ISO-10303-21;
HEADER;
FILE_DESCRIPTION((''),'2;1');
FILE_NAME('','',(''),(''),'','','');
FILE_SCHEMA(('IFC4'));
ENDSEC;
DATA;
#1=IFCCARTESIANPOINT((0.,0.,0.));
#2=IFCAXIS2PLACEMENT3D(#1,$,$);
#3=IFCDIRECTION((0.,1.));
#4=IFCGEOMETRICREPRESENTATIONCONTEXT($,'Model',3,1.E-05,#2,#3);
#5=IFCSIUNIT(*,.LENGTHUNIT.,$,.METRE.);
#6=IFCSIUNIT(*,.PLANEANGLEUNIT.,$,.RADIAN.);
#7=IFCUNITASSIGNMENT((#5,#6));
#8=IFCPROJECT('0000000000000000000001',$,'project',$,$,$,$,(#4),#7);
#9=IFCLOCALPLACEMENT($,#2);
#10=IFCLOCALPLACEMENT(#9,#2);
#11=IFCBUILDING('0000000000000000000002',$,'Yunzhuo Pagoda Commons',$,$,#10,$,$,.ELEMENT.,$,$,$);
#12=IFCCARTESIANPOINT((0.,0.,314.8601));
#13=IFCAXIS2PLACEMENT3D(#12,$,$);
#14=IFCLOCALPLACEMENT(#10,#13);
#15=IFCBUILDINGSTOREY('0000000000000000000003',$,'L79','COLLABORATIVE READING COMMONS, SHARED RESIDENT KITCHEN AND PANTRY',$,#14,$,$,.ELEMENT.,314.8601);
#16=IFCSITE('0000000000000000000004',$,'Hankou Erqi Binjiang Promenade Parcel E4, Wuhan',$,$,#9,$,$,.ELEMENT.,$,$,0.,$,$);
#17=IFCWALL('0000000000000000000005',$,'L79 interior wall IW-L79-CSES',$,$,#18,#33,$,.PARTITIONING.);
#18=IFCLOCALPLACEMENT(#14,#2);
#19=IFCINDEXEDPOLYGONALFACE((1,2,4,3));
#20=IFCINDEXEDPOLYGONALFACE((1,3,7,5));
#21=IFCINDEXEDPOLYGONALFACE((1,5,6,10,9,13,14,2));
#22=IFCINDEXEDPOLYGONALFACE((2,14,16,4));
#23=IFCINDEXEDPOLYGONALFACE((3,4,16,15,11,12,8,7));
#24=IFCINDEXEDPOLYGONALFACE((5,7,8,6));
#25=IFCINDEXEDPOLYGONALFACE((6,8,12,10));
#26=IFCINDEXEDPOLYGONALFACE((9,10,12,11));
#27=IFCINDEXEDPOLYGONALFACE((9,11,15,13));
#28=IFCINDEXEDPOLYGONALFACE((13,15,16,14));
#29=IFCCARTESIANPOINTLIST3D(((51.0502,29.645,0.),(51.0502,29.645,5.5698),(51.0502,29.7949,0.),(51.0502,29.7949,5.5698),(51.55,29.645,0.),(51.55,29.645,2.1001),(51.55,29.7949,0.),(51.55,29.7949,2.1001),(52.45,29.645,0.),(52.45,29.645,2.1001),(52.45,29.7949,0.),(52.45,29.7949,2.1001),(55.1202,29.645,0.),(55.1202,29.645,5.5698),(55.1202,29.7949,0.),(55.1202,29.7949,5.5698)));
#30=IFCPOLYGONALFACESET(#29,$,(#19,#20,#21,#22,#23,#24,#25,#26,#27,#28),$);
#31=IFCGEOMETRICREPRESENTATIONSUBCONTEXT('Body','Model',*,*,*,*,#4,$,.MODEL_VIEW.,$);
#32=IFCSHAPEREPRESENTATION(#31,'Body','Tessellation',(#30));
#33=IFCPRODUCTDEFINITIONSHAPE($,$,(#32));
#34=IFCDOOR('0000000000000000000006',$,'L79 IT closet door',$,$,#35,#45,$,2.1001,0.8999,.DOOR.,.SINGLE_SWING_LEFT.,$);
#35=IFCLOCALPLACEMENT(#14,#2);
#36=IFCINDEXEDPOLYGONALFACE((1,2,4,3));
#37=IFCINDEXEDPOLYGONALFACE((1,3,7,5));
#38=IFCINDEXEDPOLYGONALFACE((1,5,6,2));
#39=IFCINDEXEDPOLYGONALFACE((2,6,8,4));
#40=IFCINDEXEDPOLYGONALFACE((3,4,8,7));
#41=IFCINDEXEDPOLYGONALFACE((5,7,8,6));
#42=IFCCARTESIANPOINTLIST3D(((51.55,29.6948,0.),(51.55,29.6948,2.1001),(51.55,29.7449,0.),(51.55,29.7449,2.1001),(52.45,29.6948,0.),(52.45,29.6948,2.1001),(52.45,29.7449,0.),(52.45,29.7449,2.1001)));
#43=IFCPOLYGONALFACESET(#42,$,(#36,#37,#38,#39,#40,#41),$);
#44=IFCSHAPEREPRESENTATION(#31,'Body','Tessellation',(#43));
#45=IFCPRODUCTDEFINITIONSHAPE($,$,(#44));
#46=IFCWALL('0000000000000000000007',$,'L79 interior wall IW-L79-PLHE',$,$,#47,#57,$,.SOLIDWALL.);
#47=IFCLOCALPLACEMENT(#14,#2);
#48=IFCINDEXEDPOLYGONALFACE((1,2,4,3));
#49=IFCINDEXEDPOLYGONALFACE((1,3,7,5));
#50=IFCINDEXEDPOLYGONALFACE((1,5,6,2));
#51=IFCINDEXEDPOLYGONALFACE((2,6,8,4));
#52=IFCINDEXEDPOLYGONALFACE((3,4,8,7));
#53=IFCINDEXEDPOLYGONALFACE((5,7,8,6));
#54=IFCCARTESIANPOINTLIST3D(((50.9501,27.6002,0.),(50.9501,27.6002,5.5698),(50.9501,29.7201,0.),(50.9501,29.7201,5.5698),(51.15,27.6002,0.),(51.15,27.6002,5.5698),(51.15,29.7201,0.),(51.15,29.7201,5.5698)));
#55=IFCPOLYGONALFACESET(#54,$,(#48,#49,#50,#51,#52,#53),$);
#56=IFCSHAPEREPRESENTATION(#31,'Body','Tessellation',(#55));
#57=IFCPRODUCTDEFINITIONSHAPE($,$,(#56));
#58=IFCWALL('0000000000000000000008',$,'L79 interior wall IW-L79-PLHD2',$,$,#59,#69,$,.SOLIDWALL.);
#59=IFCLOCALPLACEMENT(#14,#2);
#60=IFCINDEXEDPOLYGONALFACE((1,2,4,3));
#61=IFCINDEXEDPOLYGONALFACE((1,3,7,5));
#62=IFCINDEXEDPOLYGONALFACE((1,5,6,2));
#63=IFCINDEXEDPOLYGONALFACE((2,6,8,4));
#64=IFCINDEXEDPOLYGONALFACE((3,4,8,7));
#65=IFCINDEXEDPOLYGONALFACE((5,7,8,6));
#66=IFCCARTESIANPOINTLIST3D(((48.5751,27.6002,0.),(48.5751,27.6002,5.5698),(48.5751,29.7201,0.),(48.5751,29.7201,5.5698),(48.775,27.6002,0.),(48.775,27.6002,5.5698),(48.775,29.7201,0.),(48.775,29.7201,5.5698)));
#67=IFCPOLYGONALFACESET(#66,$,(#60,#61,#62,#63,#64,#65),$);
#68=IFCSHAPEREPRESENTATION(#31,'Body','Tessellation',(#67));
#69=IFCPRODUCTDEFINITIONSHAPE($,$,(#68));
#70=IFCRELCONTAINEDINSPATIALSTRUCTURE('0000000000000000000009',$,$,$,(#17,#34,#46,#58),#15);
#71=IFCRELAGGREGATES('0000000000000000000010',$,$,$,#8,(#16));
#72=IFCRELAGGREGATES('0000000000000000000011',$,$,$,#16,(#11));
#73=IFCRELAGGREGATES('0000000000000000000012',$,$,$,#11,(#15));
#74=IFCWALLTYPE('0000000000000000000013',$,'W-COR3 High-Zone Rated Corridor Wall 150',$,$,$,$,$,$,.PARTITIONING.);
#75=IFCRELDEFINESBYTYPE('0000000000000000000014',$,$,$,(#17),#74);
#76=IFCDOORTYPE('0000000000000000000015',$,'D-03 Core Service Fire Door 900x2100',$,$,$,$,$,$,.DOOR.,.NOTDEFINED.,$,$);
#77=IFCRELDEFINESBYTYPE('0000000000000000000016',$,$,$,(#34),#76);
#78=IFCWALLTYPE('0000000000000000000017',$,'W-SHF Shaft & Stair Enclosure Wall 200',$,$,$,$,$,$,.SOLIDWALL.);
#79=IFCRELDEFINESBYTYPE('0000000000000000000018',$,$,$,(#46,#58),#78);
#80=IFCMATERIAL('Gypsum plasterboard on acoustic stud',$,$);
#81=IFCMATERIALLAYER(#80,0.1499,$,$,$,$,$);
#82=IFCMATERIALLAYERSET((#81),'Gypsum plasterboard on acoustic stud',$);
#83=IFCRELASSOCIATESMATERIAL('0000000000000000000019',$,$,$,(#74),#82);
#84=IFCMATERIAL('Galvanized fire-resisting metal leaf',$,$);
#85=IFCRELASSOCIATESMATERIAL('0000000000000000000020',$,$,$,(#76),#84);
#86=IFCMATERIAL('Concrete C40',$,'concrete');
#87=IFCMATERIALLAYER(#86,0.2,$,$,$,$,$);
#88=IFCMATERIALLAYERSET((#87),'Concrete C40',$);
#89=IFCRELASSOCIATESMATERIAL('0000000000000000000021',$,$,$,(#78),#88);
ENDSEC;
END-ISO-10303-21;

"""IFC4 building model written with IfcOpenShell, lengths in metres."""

from ifc_helpers import new_model, si_unit, direction, frame, frame_2d, origin, origin_with_axes, place, context, subcontext, project, spatial, rectangle, extrude, source, transform, mapped, material, layer, layer_set, type_object, element, fill, save


model = new_model("IFC4")

# Units and contexts
model_context = context("Model", 3, precision=1e-05, world=origin(), true_north=direction((0.0, 1.0)))
body_context = subcontext(model_context, "Body", "Model", "MODEL_VIEW")
ifc_project = project(units=[si_unit("LENGTHUNIT", "METRE"), si_unit("PLANEANGLEUNIT", "RADIAN")], contexts=[model_context])

# Site, building, storey
site_placement = place(None, origin())
site = spatial("IfcSite", under=ifc_project, at=site_placement, Name="Hankou Erqi Binjiang Promenade Parcel E4, Wuhan", CompositionType="ELEMENT", RefElevation=0.0)
building_placement = place(site_placement, origin())
building = spatial("IfcBuilding", under=site, at=building_placement, Name="Yunzhuo Pagoda Commons", CompositionType="ELEMENT")
storey_placement = place(building_placement, frame((0.0, 0.0, 314.8601)))
storey = spatial("IfcBuildingStorey", under=building, at=storey_placement, Name="L79", Description="COLLABORATIVE READING COMMONS, SHARED RESIDENT KITCHEN AND PANTRY", CompositionType="ELEMENT", Elevation=314.8601)

# Shared definitions
ifc_material_1 = material(Name="Gypsum plasterboard on acoustic stud")
ifc_layer_1 = layer(ifc_material_1, 0.1499)
ifc_layer_set_1 = layer_set([ifc_layer_1], Name="Gypsum plasterboard on acoustic stud")
wall_type_1 = type_object("IfcWallType", Name="W-COR3 High-Zone Rated Corridor Wall 150", PredefinedType="PARTITIONING", material=ifc_layer_set_1)

# Wall, opening, door
wall_1_placement = place(storey_placement, frame((51.05, 29.72, 0.0), z_axis=(0.0, 0.0, 1.0), x_axis=(1.0, 0.0, 0.0)))
wall_1 = element("IfcWall", 1, at=wall_1_placement, inside=storey, type_object=wall_type_1, Name="L79 interior wall IW-L79-CSES", PredefinedType="PARTITIONING", context=body_context, shape_type="SweptSolid", body=[
    extrude(rectangle(XDim=4.0701, YDim=0.1499, at=frame_2d((2.0352, 0.0))), origin(), (0.0, 0.0, 1.0), 5.5698),
])
opening_placement = place(wall_1_placement, frame((0.5, 0.0, 0.0)))
opening = element("IfcOpeningElement", 2, at=opening_placement, cuts=wall_1, PredefinedType="OPENING", context=body_context, shape_type="SweptSolid", body=[
    extrude(rectangle(XDim=0.8999, YDim=2.1001, at=frame_2d((0.45, 1.05))), frame((0.0, 0.085, 0.0), z_axis=(0.0, -1.0, 0.0), x_axis=(1.0, 0.0, 0.0)), (0.0, 0.0, 1.0), 0.1699),
])
ifc_material_2 = material(Name="Galvanized fire-resisting metal leaf")
door_type = type_object("IfcDoorType", Name="D-03 Core Service Fire Door 900x2100", OperationType="NOTDEFINED", PredefinedType="DOOR", material=ifc_material_2)
shared_shape_1 = source(origin(), body_context, "Body", "SweptSolid", [
    extrude(rectangle(XDim=0.8999, YDim=2.1001, at=frame_2d((0.45, 1.05))), frame((0.0, 0.0249, 0.0), z_axis=(0.0, -1.0, 0.0), x_axis=(1.0, 0.0, 0.0)), (0.0, 0.0, 1.0), 0.05),
])
door_placement = place(opening_placement, origin_with_axes())
door = element("IfcDoor", 3, at=door_placement, inside=storey, type_object=door_type, Name="L79 IT closet door", OperationType="SINGLE_SWING_LEFT", OverallHeight=2.1001, OverallWidth=0.8999, PredefinedType="DOOR", context=body_context, shape_type="MappedRepresentation", body=[
    mapped(shared_shape_1, transform((0.0, 0.0, 0.0), scale=1.0)),
])
fill(opening, door)

# Walls
ifc_material_3 = material(Name="Concrete C40", Category="concrete")
ifc_layer_2 = layer(ifc_material_3, 0.2)
ifc_layer_set_2 = layer_set([ifc_layer_2], Name="Concrete C40")
wall_type_2 = type_object("IfcWallType", Name="W-SHF Shaft & Stair Enclosure Wall 200", PredefinedType="SOLIDWALL", material=ifc_layer_set_2)
for number, where, z_axis, x_axis, name in (
    (4, (51.05, 27.6001, 0.0), (0.0, 0.0, 1.0), (0.0, 1.0, 0.0), "L79 interior wall IW-L79-PLHE"),
    (5, (48.675, 27.6001, 0.0), (0.0, 0.0, 1.0), (0.0, 1.0, 0.0), "L79 interior wall IW-L79-PLHD2"),
):
    element("IfcWall", number, at=place(storey_placement, frame(where, z_axis=z_axis, x_axis=x_axis)), inside=storey, type_object=wall_type_2, Name=name, PredefinedType="SOLIDWALL", context=body_context, shape_type="SweptSolid", body=[
        extrude(rectangle(XDim=2.1199, YDim=0.2, at=frame_2d((1.0601, 0.0))), origin(), (0.0, 0.0, 1.0), 5.5698),
    ])

save(model, "model.ifc")
